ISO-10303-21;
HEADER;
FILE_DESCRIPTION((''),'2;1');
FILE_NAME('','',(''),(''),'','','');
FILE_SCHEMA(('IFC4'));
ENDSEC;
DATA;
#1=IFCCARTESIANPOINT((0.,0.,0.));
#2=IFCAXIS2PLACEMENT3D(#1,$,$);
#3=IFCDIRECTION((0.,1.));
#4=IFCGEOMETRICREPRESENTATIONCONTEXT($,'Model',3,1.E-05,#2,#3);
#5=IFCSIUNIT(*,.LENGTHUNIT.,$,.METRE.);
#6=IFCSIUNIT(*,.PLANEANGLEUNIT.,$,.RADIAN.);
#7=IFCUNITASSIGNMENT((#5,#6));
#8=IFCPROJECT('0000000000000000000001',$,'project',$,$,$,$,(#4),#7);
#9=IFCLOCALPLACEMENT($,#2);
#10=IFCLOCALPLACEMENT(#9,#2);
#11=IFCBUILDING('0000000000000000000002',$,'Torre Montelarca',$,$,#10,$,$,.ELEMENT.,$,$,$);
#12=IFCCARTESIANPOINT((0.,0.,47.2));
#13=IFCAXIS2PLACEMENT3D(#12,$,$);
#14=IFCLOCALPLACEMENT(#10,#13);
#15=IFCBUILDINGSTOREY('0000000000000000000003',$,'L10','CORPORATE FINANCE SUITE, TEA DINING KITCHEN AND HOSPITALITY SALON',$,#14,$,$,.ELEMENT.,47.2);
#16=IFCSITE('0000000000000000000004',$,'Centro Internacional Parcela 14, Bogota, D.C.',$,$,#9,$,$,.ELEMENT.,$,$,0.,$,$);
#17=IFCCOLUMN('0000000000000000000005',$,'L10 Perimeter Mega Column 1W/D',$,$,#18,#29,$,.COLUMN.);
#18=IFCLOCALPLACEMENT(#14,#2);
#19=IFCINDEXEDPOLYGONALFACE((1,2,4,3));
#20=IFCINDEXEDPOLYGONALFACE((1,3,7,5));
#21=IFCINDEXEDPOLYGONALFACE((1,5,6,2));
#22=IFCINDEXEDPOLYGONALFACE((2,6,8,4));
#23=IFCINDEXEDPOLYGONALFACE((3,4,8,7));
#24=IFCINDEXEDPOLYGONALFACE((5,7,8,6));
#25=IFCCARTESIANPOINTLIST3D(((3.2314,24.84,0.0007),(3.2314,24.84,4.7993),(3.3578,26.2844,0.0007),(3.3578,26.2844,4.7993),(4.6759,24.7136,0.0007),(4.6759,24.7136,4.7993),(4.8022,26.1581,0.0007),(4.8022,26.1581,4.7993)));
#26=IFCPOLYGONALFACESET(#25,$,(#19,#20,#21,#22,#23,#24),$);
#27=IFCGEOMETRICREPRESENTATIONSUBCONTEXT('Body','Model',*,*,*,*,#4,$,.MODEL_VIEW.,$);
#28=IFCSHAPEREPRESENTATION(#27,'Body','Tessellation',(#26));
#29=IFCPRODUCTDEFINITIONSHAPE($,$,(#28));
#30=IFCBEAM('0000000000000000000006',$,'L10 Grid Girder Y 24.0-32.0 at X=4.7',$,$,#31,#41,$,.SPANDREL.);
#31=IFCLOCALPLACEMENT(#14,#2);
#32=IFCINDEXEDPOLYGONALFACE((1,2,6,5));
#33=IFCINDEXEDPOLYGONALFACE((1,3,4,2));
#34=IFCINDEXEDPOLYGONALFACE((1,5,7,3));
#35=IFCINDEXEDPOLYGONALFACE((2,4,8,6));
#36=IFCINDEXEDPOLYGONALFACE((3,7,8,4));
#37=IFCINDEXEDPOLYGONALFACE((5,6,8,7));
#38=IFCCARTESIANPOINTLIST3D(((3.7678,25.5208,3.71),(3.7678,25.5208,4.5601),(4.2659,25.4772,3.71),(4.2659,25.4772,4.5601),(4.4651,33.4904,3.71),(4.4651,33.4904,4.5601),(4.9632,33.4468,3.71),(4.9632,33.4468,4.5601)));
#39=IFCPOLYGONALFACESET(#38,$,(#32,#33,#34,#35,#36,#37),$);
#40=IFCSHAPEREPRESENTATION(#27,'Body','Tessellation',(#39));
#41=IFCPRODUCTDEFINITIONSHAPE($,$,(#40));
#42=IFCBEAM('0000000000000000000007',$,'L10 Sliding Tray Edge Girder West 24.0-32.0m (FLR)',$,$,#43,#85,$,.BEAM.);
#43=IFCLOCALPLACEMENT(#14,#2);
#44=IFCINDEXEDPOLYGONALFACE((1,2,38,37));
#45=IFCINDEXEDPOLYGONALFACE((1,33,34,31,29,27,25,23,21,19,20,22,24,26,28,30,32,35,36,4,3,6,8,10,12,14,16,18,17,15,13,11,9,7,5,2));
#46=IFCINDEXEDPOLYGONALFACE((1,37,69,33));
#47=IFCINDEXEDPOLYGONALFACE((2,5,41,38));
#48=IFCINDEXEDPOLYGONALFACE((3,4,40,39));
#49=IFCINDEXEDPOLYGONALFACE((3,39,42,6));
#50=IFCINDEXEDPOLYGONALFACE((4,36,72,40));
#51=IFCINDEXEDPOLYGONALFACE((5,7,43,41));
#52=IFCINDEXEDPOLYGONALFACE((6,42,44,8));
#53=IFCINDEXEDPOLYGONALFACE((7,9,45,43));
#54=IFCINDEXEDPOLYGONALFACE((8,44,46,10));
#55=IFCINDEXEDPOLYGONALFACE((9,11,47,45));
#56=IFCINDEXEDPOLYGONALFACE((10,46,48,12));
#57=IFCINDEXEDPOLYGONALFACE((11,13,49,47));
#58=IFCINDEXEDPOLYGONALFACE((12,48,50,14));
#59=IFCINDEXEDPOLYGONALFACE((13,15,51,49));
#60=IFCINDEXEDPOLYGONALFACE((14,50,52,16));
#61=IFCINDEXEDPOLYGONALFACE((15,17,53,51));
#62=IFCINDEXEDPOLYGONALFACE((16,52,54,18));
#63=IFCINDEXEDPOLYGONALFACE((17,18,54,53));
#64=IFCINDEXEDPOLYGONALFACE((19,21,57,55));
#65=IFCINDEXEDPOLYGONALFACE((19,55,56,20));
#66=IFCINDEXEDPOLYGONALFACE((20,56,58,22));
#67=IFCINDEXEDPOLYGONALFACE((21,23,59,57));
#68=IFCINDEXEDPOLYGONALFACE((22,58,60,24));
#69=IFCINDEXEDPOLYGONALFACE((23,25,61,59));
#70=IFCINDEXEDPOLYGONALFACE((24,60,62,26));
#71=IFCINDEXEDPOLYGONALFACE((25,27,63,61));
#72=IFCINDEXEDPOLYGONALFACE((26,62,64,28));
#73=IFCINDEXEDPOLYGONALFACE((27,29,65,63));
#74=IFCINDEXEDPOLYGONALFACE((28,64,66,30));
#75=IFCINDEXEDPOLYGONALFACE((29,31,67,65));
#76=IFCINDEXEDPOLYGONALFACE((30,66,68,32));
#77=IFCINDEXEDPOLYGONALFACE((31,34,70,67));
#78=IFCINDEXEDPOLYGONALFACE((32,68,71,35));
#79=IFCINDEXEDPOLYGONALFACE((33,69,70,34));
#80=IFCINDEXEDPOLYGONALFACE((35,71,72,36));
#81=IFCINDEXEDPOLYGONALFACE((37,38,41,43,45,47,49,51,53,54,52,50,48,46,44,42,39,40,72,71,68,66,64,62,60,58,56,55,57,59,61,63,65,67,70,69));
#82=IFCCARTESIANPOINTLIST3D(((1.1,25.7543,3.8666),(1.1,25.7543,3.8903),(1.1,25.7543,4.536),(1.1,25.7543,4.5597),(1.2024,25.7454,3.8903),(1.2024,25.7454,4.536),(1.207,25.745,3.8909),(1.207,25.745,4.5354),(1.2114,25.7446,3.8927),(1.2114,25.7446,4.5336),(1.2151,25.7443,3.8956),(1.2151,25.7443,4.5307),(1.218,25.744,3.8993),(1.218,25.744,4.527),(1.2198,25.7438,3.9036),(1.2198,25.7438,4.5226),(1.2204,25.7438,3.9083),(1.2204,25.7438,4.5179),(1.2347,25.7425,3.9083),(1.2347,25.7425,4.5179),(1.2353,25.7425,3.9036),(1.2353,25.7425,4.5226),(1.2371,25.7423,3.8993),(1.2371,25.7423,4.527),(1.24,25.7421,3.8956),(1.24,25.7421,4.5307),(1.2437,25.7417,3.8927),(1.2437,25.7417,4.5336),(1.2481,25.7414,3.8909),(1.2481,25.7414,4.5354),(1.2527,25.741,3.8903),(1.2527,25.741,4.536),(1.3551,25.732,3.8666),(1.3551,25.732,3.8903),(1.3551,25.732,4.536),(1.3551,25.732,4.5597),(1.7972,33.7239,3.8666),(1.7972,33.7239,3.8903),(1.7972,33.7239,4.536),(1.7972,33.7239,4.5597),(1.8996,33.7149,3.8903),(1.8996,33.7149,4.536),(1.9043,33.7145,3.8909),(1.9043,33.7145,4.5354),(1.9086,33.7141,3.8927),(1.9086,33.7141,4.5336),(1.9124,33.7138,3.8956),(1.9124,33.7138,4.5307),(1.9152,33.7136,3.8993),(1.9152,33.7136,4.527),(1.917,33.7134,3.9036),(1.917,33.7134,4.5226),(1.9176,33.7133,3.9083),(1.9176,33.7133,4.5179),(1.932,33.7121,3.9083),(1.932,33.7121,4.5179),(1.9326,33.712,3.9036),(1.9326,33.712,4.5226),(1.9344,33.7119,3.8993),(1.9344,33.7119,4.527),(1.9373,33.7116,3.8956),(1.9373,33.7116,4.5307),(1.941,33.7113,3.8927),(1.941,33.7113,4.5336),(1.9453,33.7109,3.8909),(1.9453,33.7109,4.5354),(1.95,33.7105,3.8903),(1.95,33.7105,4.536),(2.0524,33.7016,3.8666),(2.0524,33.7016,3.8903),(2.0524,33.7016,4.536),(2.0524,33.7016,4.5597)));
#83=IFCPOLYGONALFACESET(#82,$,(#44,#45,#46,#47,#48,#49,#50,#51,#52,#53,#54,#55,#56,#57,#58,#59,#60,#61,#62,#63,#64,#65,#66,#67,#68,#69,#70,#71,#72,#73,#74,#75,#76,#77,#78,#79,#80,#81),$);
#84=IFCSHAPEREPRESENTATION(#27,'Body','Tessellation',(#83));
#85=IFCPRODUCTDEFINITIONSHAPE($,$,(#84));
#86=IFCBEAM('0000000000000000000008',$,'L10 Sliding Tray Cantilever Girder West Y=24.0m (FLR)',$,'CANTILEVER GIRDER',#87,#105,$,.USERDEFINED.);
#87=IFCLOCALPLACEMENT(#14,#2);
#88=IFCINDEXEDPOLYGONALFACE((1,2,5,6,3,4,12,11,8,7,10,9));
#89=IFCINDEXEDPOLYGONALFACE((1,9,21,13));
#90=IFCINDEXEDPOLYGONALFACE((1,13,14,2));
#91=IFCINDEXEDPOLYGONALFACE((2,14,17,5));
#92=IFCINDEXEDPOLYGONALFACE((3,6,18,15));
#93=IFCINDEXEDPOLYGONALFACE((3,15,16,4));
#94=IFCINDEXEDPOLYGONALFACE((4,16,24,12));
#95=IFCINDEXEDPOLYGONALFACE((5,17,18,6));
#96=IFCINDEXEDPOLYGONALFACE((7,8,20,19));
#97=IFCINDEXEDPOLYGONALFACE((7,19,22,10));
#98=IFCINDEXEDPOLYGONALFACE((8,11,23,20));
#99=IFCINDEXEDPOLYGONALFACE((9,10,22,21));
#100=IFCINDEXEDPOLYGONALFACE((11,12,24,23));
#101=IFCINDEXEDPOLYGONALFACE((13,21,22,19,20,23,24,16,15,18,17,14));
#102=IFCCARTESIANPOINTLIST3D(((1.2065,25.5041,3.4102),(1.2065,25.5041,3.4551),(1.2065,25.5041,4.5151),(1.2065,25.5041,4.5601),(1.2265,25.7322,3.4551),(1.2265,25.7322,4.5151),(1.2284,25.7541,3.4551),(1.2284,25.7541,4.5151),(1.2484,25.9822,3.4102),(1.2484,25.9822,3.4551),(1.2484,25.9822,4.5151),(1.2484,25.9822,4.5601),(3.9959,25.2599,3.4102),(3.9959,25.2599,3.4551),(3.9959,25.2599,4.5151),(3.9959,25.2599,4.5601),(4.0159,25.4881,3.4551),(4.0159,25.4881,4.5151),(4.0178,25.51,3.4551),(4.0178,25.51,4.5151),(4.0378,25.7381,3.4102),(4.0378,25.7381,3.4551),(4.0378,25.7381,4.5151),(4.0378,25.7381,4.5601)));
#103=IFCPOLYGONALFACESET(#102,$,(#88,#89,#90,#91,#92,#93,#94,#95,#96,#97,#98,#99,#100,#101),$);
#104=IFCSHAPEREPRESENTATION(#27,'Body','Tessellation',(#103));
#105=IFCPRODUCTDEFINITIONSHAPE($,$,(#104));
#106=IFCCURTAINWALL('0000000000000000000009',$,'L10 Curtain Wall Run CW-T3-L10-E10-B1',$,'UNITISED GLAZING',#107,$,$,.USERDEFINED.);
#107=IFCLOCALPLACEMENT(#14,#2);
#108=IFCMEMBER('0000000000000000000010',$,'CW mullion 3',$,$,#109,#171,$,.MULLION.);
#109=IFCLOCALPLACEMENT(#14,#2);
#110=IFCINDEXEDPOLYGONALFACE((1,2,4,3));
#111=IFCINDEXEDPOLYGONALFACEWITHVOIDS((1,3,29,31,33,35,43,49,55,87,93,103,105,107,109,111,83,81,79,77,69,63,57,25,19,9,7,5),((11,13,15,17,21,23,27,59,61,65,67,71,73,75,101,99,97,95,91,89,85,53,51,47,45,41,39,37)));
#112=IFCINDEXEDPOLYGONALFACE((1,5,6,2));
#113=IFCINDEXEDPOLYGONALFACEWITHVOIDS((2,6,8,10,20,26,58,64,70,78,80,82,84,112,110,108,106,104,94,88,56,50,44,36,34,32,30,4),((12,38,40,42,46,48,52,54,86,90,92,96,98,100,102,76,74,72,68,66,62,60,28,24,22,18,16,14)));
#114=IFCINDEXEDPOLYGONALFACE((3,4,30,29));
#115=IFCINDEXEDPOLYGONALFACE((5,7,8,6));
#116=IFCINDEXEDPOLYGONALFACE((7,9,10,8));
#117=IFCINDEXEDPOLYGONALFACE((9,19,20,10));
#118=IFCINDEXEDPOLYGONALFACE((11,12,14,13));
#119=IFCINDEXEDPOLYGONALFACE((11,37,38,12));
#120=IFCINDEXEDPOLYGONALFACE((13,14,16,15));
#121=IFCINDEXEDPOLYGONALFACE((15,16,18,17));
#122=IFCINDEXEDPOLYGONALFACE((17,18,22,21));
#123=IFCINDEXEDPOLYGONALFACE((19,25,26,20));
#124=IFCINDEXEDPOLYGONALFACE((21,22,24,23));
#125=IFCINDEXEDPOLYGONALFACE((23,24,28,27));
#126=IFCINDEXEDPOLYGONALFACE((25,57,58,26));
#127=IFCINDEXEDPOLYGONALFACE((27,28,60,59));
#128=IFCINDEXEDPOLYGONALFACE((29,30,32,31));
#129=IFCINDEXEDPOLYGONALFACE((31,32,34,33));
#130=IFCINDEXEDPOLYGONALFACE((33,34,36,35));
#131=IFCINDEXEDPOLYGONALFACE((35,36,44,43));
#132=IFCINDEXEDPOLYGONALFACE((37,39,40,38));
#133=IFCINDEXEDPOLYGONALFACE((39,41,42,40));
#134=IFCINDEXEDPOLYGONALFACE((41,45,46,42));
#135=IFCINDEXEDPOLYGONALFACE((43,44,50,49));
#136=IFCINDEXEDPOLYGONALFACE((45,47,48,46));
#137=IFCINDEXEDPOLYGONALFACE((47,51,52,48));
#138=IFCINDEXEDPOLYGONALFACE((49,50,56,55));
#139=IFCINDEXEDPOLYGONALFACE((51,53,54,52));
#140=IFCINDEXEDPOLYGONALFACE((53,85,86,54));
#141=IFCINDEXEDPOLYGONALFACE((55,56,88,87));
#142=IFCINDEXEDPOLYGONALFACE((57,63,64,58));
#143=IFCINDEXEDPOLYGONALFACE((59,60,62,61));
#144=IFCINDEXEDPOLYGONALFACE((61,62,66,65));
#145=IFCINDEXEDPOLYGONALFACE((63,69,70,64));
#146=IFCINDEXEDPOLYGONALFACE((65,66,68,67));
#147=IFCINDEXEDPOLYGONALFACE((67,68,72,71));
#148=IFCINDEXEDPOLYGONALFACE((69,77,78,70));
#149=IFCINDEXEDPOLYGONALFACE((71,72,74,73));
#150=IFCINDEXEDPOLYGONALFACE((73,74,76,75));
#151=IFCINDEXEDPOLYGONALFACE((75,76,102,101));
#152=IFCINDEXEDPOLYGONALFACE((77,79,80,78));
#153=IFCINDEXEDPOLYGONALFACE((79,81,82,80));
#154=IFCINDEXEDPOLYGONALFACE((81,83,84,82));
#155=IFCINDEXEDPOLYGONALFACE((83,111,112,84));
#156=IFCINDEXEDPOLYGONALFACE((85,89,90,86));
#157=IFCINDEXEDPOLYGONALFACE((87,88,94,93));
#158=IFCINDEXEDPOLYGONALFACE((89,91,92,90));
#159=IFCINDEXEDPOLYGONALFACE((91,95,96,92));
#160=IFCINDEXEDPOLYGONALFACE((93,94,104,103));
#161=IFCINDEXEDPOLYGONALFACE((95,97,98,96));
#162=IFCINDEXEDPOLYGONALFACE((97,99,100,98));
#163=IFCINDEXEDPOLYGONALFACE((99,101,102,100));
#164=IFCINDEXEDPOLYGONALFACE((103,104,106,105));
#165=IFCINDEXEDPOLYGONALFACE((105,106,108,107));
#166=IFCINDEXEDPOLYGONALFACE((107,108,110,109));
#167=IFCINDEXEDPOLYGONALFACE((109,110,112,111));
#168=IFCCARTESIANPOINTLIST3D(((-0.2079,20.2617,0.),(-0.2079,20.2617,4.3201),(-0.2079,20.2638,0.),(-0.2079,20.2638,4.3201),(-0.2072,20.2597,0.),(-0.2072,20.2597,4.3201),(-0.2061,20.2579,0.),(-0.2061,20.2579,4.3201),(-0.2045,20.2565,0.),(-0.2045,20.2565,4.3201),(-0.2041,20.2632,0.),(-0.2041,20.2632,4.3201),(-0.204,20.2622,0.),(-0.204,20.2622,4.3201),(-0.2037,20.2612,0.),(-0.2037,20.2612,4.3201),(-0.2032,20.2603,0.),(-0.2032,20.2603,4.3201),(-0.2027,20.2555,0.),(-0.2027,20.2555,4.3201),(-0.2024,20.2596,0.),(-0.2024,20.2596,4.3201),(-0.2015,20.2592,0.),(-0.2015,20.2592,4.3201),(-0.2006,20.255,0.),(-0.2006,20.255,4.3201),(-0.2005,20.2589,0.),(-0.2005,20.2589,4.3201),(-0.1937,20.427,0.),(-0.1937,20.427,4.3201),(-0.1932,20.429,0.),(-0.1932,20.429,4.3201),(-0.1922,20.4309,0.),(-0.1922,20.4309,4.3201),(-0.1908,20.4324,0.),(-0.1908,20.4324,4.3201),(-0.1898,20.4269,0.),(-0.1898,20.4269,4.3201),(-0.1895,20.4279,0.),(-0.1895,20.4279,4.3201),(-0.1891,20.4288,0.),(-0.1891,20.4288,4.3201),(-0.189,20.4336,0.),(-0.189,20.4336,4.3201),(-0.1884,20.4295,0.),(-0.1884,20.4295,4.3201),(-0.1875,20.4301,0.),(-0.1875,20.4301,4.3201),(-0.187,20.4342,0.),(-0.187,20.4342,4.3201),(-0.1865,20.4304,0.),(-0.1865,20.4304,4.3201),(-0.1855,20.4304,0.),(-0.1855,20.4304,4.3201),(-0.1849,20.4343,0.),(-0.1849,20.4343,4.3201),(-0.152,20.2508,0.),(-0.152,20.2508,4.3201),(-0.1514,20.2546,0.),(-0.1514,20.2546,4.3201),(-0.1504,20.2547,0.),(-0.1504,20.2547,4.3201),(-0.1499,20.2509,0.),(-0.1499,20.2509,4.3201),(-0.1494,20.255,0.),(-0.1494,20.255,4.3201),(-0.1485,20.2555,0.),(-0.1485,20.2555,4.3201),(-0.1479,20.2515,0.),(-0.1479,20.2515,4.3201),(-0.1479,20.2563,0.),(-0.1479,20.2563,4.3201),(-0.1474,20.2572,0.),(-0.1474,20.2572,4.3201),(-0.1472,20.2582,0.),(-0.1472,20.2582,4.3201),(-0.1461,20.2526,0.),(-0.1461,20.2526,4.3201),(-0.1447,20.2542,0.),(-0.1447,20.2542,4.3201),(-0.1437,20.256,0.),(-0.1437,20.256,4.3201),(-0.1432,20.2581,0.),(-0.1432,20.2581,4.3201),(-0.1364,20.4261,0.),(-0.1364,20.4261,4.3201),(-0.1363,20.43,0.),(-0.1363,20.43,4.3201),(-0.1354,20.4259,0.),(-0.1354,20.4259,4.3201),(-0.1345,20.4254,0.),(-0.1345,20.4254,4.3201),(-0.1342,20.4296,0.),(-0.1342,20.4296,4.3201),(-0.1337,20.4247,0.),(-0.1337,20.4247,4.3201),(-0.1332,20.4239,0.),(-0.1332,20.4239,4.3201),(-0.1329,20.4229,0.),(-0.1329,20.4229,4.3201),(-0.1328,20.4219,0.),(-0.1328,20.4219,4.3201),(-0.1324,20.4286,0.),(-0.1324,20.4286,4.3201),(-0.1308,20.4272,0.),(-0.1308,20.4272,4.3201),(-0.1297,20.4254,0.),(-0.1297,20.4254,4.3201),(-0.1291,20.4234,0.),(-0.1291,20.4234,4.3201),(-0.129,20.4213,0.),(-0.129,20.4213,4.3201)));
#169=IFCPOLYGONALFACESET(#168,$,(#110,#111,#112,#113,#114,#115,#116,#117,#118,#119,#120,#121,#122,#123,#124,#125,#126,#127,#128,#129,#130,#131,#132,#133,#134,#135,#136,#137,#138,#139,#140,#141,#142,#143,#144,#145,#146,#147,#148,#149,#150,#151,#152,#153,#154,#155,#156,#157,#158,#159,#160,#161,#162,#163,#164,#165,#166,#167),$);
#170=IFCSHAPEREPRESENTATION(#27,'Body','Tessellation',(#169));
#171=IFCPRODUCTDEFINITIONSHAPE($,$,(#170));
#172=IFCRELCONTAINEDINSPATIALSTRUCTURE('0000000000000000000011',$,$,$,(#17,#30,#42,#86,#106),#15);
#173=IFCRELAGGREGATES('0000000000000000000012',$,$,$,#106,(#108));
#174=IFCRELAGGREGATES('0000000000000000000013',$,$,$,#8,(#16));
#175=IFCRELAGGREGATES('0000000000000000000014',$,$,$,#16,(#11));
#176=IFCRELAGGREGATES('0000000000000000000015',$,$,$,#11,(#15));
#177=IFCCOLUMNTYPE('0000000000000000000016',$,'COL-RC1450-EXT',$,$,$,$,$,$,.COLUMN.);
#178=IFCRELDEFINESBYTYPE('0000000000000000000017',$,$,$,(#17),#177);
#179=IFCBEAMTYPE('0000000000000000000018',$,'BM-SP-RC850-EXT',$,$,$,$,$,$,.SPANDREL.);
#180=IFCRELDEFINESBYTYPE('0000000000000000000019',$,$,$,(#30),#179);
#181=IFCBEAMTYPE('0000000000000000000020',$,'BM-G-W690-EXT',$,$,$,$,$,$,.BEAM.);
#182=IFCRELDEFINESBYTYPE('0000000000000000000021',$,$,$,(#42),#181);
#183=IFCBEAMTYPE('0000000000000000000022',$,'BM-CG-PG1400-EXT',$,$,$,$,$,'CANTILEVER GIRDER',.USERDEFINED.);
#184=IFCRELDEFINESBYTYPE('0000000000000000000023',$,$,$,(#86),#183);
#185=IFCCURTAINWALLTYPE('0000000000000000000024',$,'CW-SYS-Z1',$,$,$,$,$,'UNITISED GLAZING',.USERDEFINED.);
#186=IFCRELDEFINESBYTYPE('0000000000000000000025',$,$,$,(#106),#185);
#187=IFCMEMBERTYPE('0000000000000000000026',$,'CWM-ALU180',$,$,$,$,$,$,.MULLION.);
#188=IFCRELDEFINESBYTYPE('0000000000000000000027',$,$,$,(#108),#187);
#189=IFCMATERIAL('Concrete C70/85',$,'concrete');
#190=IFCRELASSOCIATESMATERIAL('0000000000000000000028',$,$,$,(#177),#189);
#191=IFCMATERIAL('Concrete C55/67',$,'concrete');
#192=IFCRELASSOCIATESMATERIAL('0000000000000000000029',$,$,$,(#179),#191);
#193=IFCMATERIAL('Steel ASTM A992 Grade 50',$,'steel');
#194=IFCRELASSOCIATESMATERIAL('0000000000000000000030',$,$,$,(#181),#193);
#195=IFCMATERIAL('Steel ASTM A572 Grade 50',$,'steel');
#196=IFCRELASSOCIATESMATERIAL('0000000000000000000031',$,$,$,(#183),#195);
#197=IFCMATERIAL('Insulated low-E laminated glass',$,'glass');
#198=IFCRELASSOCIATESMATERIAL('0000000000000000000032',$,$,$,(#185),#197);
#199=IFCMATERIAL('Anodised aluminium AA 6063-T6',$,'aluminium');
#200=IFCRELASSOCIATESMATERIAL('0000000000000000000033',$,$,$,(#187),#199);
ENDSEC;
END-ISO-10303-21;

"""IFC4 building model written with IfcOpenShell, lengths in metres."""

from ifc_helpers import new_model, si_unit, direction, frame, origin, origin_2d, place, context, subcontext, project, spatial, rectangle, hollow_rectangle, i_section, extrude, source, transform, mapped, material, material_profile, profile_set, type_object, element, aggregate, save


model = new_model("IFC4")

# Units and contexts
model_context = context("Model", 3, precision=1e-05, world=origin(), true_north=direction((0.0, 1.0)))
body_context = subcontext(model_context, "Body", "Model", "MODEL_VIEW")
ifc_project = project(units=[si_unit("LENGTHUNIT", "METRE"), si_unit("PLANEANGLEUNIT", "RADIAN")], contexts=[model_context])

# Site, building, storey
site_placement = place(None, origin())
site = spatial("IfcSite", under=ifc_project, at=site_placement, Name="Centro Internacional Parcela 14, Bogota, D.C.", CompositionType="ELEMENT", RefElevation=0.0)
building_placement = place(site_placement, origin())
building = spatial("IfcBuilding", under=site, at=building_placement, Name="Torre Montelarca", CompositionType="ELEMENT")
storey_placement = place(building_placement, frame((0.0, 0.0, 47.2)))
storey = spatial("IfcBuildingStorey", under=building, at=storey_placement, Name="L10", Description="CORPORATE FINANCE SUITE, TEA DINING KITCHEN AND HOSPITALITY SALON", CompositionType="ELEMENT", Elevation=47.2)

# Column
ifc_material_1 = material(Name="Concrete C70/85", Category="concrete")
ifc_material_profile_1 = material_profile(ifc_material_1, rectangle(XDim=1.45, YDim=1.45, at=origin_2d()), Name="RC1450X1450", Category="concrete")
ifc_profile_set_1 = profile_set([ifc_material_profile_1], Name="Concrete C70/85")
column_type = type_object("IfcColumnType", Name="COL-RC1450-EXT", PredefinedType="COLUMN", material=ifc_profile_set_1)
shared_shape_1 = source(origin(), body_context, "Body", "SweptSolid", [
    extrude(rectangle(XDim=1.45, YDim=1.45, at=origin_2d()), origin(), (0.0, 0.0, 1.0), 4.7986),
])
column_placement = place(storey_placement, frame((4.0168, 25.499, 0.0007), z_axis=(0.0, 0.0, 1.0), x_axis=(-0.996195, 0.087156, 0.0)))
element("IfcColumn", 1, at=column_placement, inside=storey, type_object=column_type, Name="L10 Perimeter Mega Column 1W/D", PredefinedType="COLUMN", context=body_context, shape_type="MappedRepresentation", body=[
    mapped(shared_shape_1, transform((0.0, 0.0, 0.0), scale=1.0)),
])

# Beams
ifc_material_2 = material(Name="Concrete C55/67", Category="concrete")
ifc_material_profile_2 = material_profile(ifc_material_2, rectangle(XDim=0.5, YDim=0.8501, at=origin_2d()), Name="RCB500X850", Category="concrete")
ifc_profile_set_2 = profile_set([ifc_material_profile_2], Name="Concrete C55/67")
beam_type_1 = type_object("IfcBeamType", Name="BM-SP-RC850-EXT", PredefinedType="SPANDREL", material=ifc_profile_set_2)
shared_shape_2 = source(origin(), body_context, "Body", "SweptSolid", [
    extrude(rectangle(XDim=0.5, YDim=0.8501, at=origin_2d()), origin(), (0.0, 0.0, 1.0), 8.0),
])
beam_1_placement = place(storey_placement, frame((4.0168, 25.499, 4.135), z_axis=(0.087159, 0.996194, 0.0), x_axis=(-0.996194, 0.087159, 0.0)))
element("IfcBeam", 2, at=beam_1_placement, inside=storey, type_object=beam_type_1, Name="L10 Grid Girder Y 24.0-32.0 at X=4.7", PredefinedType="SPANDREL", context=body_context, shape_type="MappedRepresentation", body=[
    mapped(shared_shape_2, transform((0.0, 0.0, 0.0), scale=1.0)),
])
ifc_material_3 = material(Name="Steel ASTM A992 Grade 50", Category="steel")
ifc_material_profile_3 = material_profile(ifc_material_3, i_section(OverallWidth=0.2561, OverallDepth=0.6931, WebThickness=0.0144, FlangeThickness=0.0237, FilletRadius=0.0181, at=origin_2d()), Name="W690X170", Category="steel")
ifc_profile_set_3 = profile_set([ifc_material_profile_3], Name="Steel ASTM A992 Grade 50")
beam_type_2 = type_object("IfcBeamType", Name="BM-G-W690-EXT", PredefinedType="BEAM", material=ifc_profile_set_3)
shared_shape_3 = source(origin(), body_context, "Body", "SweptSolid", [
    extrude(i_section(OverallWidth=0.2561, OverallDepth=0.6931, WebThickness=0.0144, FlangeThickness=0.0237, FilletRadius=0.0181, at=origin_2d()), origin(), (0.0, 0.0, 1.0), 8.0),
])
beam_2_placement = place(storey_placement, frame((1.2275, 25.7432, 4.2131), z_axis=(0.087159, 0.996194, 0.0), x_axis=(-0.996194, 0.087159, 0.0)))
element("IfcBeam", 3, at=beam_2_placement, inside=storey, type_object=beam_type_2, Name="L10 Sliding Tray Edge Girder West 24.0-32.0m (FLR)", PredefinedType="BEAM", context=body_context, shape_type="MappedRepresentation", body=[
    mapped(shared_shape_3, transform((0.0, 0.0, 0.0), scale=1.0)),
])
ifc_material_4 = material(Name="Steel ASTM A572 Grade 50", Category="steel")
ifc_material_profile_4 = material_profile(ifc_material_4, i_section(OverallWidth=0.48, OverallDepth=1.1499, WebThickness=0.022, FlangeThickness=0.0449, at=origin_2d()), Name="PG1150X480X22X45", Category="steel")
ifc_profile_set_4 = profile_set([ifc_material_profile_4], Name="Steel ASTM A572 Grade 50")
beam_type_3 = type_object("IfcBeamType", Name="BM-CG-PG1400-EXT", ElementType="CANTILEVER GIRDER", PredefinedType="USERDEFINED", material=ifc_profile_set_4)
shared_shape_4 = source(origin(), body_context, "Body", "SweptSolid", [
    extrude(i_section(OverallWidth=0.48, OverallDepth=1.1499, WebThickness=0.022, FlangeThickness=0.0449, at=origin_2d()), origin(), (0.0, 0.0, 1.0), 2.8),
])
beam_3_placement = place(storey_placement, frame((4.0168, 25.499, 3.9851), z_axis=(-0.996191, 0.087194, 0.0), x_axis=(-0.087194, -0.996191, 0.0)))
element("IfcBeam", 4, at=beam_3_placement, inside=storey, type_object=beam_type_3, Name="L10 Sliding Tray Cantilever Girder West Y=24.0m (FLR)", ObjectType="CANTILEVER GIRDER", PredefinedType="USERDEFINED", context=body_context, shape_type="MappedRepresentation", body=[
    mapped(shared_shape_4, transform((0.0, 0.0, 0.0), scale=1.0)),
])

# Curtain wall, member
ifc_material_5 = material(Name="Insulated low-E laminated glass", Category="glass")
curtain_wall_type = type_object("IfcCurtainWallType", Name="CW-SYS-Z1", ElementType="UNITISED GLAZING", PredefinedType="USERDEFINED", material=ifc_material_5)
curtain_wall_1_placement = place(storey_placement, origin())
curtain_wall_1 = element("IfcCurtainWall", 5, at=curtain_wall_1_placement, inside=storey, type_object=curtain_wall_type, Name="L10 Curtain Wall Run CW-T3-L10-E10-B1", ObjectType="UNITISED GLAZING", PredefinedType="USERDEFINED")
ifc_material_6 = material(Name="Anodised aluminium AA 6063-T6", Category="aluminium")
ifc_material_profile_5 = material_profile(ifc_material_6, hollow_rectangle(XDim=0.0649, YDim=0.1799, WallThickness=0.0039, InnerFilletRadius=0.0039, OuterFilletRadius=0.0081, at=origin_2d()), Name="ALU65X180X4", Category="aluminium")
ifc_profile_set_5 = profile_set([ifc_material_profile_5], Name="Anodised aluminium AA 6063-T6")
member_type_1 = type_object("IfcMemberType", Name="CWM-ALU180", PredefinedType="MULLION", material=ifc_profile_set_5)
shared_shape_5 = source(origin(), body_context, "Body", "SweptSolid", [
    extrude(hollow_rectangle(XDim=0.0649, YDim=0.1799, WallThickness=0.0039, InnerFilletRadius=0.0039, OuterFilletRadius=0.0081, at=origin_2d()), origin(), (0.0, 0.0, 1.0), 4.3201),
])
member_1_placement = place(storey_placement, frame((-0.1685, 20.3425, 0.0), z_axis=(0.0, 0.0, 1.0), x_axis=(0.996194, -0.087162, 0.0)))
member_1 = element("IfcMember", 6, at=member_1_placement, type_object=member_type_1, Name="CW mullion 3", PredefinedType="MULLION", context=body_context, shape_type="MappedRepresentation", body=[
    mapped(shared_shape_5, transform((0.0, 0.0, 0.0), scale=1.0)),
])
aggregate(curtain_wall_1, [member_1])

save(model, "model.ifc")
